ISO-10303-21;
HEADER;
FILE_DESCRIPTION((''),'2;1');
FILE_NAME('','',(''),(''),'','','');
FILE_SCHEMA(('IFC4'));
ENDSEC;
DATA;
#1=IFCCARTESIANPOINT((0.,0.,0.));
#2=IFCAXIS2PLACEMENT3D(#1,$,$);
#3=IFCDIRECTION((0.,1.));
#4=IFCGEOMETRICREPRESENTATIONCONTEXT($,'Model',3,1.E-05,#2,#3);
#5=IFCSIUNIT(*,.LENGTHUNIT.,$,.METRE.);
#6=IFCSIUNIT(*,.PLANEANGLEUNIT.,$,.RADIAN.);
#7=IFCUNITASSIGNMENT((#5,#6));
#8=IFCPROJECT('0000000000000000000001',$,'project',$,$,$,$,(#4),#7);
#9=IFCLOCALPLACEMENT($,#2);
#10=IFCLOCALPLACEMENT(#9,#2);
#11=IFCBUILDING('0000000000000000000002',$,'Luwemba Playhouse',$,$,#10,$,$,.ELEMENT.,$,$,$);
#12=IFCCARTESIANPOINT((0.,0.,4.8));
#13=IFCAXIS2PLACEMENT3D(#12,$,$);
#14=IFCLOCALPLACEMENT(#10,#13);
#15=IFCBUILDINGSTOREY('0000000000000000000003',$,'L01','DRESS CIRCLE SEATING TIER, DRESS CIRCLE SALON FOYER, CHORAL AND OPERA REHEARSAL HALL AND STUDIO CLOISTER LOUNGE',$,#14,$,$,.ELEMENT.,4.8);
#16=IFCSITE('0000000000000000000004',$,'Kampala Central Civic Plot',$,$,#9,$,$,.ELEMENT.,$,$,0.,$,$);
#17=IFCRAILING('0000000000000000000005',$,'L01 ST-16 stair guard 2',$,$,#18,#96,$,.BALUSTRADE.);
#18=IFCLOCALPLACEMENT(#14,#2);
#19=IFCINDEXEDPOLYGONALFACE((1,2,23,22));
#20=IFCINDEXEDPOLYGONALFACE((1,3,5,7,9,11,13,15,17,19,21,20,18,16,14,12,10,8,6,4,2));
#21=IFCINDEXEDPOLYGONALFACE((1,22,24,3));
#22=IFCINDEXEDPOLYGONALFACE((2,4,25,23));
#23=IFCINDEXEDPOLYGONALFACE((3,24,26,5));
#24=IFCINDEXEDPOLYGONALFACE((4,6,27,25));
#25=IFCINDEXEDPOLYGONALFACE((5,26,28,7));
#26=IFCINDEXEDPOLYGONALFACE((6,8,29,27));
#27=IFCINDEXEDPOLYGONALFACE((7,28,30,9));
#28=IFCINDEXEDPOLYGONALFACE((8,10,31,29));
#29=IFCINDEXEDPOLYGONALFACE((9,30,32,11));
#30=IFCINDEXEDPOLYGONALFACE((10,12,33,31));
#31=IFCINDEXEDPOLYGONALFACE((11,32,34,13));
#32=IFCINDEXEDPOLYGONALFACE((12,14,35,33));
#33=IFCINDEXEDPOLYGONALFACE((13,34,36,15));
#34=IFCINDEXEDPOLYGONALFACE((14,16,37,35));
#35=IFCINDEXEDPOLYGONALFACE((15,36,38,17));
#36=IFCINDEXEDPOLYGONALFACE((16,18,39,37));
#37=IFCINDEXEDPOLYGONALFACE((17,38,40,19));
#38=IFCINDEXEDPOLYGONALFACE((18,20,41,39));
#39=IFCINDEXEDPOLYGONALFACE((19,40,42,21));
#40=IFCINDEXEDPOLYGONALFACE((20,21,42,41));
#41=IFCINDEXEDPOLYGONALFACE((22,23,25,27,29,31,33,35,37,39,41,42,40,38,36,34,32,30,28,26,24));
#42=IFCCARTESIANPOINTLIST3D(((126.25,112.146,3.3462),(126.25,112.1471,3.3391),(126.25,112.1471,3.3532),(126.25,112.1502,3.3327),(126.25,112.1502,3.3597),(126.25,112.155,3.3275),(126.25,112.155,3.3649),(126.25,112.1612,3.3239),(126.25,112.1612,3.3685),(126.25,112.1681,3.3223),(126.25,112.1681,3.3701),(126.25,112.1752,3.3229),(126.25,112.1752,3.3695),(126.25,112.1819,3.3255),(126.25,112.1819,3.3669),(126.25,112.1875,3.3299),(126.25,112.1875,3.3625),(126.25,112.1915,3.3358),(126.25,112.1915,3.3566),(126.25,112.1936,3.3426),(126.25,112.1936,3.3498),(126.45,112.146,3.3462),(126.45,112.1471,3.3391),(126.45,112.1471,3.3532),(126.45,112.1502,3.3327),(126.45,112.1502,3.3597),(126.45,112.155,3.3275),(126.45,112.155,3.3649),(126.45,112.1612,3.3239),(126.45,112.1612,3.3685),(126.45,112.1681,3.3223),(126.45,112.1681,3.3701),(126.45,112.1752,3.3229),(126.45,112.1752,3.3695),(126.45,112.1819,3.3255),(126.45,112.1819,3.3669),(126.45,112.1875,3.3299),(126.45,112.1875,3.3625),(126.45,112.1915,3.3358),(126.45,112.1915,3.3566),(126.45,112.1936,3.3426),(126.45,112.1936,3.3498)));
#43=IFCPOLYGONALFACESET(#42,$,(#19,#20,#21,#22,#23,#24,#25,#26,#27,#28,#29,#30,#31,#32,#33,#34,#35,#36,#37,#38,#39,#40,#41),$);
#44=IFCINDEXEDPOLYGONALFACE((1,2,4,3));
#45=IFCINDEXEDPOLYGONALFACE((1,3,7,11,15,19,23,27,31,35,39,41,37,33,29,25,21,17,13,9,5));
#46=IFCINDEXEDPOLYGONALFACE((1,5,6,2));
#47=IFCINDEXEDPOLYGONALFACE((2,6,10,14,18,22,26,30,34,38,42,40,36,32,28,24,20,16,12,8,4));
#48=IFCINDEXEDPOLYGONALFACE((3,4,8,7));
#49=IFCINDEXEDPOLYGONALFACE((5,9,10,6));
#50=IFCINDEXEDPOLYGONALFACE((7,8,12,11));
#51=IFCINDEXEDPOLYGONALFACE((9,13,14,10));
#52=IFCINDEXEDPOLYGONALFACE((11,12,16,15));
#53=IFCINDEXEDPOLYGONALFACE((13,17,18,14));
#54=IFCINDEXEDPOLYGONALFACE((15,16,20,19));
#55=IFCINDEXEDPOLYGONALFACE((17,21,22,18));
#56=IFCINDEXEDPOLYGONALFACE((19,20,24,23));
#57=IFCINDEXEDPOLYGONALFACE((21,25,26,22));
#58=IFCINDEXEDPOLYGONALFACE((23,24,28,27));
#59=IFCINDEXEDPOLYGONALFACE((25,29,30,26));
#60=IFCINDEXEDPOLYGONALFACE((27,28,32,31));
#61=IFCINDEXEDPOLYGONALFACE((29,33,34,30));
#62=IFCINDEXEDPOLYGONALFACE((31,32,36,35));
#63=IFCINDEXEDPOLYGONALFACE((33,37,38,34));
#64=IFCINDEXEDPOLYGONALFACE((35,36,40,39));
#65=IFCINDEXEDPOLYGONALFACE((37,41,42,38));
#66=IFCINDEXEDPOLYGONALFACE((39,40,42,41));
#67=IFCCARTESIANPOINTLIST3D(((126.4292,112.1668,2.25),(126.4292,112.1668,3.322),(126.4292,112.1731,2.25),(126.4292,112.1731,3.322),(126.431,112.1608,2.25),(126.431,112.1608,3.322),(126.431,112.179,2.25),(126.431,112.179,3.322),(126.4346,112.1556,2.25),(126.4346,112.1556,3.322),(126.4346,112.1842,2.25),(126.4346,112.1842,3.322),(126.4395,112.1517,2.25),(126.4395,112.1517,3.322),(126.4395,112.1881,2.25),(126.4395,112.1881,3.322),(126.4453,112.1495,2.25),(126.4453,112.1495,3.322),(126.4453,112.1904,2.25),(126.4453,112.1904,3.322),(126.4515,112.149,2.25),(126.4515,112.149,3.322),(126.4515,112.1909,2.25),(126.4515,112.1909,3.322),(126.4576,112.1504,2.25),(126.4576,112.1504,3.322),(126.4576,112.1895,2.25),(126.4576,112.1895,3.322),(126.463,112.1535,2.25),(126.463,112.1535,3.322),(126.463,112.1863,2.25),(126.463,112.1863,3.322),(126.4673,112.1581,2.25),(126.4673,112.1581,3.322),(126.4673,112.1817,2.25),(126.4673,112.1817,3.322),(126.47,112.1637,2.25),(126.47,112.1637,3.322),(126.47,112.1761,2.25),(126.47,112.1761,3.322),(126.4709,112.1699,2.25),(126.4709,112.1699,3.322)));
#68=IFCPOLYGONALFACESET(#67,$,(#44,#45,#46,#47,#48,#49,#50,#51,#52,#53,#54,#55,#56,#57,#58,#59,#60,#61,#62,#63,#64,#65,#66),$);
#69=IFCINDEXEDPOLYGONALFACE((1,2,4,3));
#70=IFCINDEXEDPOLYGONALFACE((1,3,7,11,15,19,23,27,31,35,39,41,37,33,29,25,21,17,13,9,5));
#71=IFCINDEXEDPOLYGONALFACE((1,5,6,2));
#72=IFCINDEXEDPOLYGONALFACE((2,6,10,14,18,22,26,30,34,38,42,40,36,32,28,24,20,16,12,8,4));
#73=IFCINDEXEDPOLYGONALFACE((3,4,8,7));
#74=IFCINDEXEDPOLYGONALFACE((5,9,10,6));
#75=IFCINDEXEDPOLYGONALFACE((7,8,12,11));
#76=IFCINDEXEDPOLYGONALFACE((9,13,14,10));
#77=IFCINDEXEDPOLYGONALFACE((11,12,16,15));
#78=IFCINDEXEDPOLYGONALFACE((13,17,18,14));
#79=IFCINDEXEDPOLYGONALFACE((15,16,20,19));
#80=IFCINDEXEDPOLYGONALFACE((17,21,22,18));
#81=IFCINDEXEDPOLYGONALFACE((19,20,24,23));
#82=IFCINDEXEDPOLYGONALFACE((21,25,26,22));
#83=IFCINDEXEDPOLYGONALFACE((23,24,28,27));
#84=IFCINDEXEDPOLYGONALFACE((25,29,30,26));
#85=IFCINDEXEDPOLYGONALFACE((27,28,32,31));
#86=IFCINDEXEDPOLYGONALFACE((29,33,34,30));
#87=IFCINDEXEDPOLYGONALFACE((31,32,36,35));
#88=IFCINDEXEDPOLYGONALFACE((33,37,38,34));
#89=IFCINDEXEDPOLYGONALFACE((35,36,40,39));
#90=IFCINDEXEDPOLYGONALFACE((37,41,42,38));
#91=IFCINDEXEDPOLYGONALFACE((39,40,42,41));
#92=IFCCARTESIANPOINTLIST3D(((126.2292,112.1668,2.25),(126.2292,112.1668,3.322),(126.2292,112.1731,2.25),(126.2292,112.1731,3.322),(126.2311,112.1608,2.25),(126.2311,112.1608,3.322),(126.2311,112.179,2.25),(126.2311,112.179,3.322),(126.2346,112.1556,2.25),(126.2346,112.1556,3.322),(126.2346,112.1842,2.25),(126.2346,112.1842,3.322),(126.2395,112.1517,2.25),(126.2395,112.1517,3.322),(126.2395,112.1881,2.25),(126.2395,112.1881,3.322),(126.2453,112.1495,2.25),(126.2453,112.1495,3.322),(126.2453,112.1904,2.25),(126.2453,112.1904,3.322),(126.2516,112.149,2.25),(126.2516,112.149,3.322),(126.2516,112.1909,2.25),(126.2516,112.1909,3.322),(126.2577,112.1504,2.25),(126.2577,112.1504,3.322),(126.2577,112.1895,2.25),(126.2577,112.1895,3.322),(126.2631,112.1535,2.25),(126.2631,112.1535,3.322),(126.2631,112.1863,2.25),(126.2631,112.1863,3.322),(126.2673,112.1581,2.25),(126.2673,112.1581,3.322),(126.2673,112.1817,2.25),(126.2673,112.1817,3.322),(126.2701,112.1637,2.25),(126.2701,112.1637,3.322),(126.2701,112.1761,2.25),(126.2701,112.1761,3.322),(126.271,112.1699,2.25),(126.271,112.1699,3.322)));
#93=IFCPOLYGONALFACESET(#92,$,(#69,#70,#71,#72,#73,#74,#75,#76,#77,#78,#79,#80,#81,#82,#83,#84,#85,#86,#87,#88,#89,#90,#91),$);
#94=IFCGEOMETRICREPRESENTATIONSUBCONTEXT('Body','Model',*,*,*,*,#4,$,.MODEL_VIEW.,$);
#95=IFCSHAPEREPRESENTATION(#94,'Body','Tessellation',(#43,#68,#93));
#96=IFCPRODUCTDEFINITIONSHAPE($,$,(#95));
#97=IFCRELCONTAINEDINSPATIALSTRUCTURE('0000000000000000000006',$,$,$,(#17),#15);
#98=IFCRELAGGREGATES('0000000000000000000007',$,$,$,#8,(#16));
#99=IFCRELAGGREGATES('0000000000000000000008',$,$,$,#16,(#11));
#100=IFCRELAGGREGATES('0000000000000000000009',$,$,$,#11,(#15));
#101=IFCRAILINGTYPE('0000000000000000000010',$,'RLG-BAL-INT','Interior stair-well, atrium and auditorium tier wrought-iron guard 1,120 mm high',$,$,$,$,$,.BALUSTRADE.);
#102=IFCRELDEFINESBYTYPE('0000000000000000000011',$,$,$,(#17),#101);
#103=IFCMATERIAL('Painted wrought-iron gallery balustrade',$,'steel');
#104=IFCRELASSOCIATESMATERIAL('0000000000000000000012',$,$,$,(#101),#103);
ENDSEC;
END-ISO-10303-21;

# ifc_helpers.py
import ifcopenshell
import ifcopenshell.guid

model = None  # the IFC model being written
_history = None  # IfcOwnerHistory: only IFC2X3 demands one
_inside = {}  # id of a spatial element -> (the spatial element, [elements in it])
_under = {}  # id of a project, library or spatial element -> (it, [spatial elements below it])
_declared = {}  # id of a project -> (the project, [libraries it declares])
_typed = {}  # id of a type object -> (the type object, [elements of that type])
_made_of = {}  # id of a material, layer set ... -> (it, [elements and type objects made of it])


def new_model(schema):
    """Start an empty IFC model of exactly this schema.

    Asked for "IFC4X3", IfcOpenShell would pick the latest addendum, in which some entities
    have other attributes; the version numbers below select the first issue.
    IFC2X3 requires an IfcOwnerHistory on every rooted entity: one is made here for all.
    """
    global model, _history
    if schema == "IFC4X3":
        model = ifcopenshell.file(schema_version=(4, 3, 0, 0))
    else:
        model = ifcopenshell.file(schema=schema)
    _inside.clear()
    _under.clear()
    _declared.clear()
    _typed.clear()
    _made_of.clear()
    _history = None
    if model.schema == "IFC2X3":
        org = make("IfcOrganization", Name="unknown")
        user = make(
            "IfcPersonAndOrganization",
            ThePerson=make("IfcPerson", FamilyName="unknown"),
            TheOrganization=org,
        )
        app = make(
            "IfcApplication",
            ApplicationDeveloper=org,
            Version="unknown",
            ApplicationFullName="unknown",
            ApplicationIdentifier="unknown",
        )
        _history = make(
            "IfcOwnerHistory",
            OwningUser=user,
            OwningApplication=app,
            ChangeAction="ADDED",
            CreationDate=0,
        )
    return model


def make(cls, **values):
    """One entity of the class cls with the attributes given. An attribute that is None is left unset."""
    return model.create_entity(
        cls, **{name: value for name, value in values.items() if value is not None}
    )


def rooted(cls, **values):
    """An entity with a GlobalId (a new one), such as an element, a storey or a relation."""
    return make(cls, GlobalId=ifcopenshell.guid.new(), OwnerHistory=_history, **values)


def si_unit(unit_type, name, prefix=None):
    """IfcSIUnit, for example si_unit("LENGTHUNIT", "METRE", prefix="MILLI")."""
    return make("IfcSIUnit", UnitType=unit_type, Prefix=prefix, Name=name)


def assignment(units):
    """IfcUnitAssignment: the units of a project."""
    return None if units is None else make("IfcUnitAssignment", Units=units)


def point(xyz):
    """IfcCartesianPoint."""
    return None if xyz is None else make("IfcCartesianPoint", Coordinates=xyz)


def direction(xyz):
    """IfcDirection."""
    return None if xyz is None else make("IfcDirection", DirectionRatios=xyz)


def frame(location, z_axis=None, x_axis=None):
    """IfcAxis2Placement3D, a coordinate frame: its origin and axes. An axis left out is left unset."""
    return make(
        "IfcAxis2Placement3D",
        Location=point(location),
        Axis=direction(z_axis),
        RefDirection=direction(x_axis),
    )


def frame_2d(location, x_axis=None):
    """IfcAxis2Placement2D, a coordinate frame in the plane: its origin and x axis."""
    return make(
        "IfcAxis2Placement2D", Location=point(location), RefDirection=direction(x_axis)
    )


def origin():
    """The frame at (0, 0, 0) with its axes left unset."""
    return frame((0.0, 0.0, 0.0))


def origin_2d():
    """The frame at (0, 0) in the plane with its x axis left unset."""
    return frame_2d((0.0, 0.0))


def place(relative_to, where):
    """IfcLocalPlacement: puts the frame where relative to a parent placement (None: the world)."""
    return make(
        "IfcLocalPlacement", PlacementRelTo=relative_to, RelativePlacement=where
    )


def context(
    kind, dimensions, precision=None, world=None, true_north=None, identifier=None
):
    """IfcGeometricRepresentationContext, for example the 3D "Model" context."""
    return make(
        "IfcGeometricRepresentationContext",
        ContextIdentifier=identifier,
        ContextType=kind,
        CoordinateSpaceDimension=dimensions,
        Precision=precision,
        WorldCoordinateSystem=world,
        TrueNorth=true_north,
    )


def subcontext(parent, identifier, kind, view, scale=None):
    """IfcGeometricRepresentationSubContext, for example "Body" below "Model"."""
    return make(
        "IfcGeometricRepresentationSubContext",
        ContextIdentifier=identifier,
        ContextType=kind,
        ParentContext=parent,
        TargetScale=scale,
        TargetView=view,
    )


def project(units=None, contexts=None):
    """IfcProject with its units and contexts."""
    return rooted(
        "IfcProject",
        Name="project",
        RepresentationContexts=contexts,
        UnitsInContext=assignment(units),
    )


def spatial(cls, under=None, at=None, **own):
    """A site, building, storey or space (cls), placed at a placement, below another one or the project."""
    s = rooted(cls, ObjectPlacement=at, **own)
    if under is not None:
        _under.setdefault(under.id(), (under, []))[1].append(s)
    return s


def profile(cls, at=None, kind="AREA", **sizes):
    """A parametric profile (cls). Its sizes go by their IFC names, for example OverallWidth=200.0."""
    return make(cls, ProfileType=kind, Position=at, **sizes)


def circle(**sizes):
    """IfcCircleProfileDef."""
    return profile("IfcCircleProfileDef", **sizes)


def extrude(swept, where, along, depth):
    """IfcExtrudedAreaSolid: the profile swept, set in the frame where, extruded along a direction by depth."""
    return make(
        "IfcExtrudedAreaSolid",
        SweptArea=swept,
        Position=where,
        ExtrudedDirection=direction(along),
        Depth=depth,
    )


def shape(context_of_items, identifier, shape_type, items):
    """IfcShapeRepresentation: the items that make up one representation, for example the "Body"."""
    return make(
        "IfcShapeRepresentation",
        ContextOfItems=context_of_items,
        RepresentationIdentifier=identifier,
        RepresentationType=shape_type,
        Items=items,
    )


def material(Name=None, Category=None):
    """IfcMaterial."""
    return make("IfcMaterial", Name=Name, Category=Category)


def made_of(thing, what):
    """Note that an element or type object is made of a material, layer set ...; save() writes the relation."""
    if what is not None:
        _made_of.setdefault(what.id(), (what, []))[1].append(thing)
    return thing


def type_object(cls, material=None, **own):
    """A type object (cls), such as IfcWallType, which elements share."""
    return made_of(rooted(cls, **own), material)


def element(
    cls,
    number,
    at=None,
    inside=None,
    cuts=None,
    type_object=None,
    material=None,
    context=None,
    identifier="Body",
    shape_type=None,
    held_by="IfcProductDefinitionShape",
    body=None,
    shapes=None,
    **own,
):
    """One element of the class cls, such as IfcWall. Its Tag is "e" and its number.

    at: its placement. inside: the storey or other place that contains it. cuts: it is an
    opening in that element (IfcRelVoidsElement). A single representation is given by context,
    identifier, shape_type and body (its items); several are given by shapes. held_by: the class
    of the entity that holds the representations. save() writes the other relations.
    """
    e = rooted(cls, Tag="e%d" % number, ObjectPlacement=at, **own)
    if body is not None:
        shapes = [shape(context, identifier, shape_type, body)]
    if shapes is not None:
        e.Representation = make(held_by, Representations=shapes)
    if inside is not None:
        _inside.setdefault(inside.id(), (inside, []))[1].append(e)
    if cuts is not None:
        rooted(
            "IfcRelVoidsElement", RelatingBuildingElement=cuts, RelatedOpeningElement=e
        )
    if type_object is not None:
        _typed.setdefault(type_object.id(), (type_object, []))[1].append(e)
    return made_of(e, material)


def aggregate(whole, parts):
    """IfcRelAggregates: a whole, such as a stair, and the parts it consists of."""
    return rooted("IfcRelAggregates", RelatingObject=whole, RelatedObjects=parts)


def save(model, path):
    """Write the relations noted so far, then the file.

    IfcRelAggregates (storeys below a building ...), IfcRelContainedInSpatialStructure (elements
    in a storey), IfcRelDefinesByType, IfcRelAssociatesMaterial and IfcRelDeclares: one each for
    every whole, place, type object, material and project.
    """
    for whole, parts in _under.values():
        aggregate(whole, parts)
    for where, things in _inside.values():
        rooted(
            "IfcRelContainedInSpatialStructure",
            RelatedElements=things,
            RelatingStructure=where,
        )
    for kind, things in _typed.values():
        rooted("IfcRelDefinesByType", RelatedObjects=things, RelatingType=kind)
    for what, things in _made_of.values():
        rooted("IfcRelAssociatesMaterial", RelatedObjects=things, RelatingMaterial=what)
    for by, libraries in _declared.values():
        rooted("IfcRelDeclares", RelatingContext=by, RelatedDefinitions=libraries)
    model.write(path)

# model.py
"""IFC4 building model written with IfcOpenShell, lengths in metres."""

from ifc_helpers import new_model, si_unit, direction, frame, origin, origin_2d, place, context, subcontext, project, spatial, circle, extrude, material, type_object, element, save


model = new_model("IFC4")

# Units and contexts
model_context = context("Model", 3, precision=1e-05, world=origin(), true_north=direction((0.0, 1.0)))
body_context = subcontext(model_context, "Body", "Model", "MODEL_VIEW")
ifc_project = project(units=[si_unit("LENGTHUNIT", "METRE"), si_unit("PLANEANGLEUNIT", "RADIAN")], contexts=[model_context])

# Site, building, storey
site_placement = place(None, origin())
site = spatial("IfcSite", under=ifc_project, at=site_placement, Name="Kampala Central Civic Plot", CompositionType="ELEMENT", RefElevation=0.0)
building_placement = place(site_placement, origin())
building = spatial("IfcBuilding", under=site, at=building_placement, Name="Luwemba Playhouse", CompositionType="ELEMENT")
storey_placement = place(building_placement, frame((0.0, 0.0, 4.8)))
storey = spatial("IfcBuildingStorey", under=building, at=storey_placement, Name="L01", Description="DRESS CIRCLE SEATING TIER, DRESS CIRCLE SALON FOYER, CHORAL AND OPERA REHEARSAL HALL AND STUDIO CLOISTER LOUNGE", CompositionType="ELEMENT", Elevation=4.8)

# Railing
ifc_material_1 = material(Name="Painted wrought-iron gallery balustrade", Category="steel")
railing_type_1 = type_object("IfcRailingType", Name="RLG-BAL-INT", Description="Interior stair-well, atrium and auditorium tier wrought-iron guard 1,120 mm high", PredefinedType="BALUSTRADE", material=ifc_material_1)
railing_1_placement = place(storey_placement, frame((126.45, 112.1699, 2.25)))
element("IfcRailing", 1, at=railing_1_placement, inside=storey, type_object=railing_type_1, Name="L01 ST-16 stair guard 2", PredefinedType="BALUSTRADE", context=body_context, shape_type="SweptSolid", body=[
    extrude(circle(Radius=0.0239, at=origin_2d()), frame((0.0, 0.0, 1.0962), z_axis=(-1.0, 0.0, 0.0), x_axis=(0.0, -1.0, 0.0)), (0.0, 0.0, 1.0), 0.2),
    extrude(circle(Radius=0.021, at=origin_2d()), origin(), (0.0, 0.0, 1.0), 1.072),
    extrude(circle(Radius=0.021, at=origin_2d()), frame((-0.2, 0.0, 0.0)), (0.0, 0.0, 1.0), 1.072),
])

save(model, "model.ifc")
